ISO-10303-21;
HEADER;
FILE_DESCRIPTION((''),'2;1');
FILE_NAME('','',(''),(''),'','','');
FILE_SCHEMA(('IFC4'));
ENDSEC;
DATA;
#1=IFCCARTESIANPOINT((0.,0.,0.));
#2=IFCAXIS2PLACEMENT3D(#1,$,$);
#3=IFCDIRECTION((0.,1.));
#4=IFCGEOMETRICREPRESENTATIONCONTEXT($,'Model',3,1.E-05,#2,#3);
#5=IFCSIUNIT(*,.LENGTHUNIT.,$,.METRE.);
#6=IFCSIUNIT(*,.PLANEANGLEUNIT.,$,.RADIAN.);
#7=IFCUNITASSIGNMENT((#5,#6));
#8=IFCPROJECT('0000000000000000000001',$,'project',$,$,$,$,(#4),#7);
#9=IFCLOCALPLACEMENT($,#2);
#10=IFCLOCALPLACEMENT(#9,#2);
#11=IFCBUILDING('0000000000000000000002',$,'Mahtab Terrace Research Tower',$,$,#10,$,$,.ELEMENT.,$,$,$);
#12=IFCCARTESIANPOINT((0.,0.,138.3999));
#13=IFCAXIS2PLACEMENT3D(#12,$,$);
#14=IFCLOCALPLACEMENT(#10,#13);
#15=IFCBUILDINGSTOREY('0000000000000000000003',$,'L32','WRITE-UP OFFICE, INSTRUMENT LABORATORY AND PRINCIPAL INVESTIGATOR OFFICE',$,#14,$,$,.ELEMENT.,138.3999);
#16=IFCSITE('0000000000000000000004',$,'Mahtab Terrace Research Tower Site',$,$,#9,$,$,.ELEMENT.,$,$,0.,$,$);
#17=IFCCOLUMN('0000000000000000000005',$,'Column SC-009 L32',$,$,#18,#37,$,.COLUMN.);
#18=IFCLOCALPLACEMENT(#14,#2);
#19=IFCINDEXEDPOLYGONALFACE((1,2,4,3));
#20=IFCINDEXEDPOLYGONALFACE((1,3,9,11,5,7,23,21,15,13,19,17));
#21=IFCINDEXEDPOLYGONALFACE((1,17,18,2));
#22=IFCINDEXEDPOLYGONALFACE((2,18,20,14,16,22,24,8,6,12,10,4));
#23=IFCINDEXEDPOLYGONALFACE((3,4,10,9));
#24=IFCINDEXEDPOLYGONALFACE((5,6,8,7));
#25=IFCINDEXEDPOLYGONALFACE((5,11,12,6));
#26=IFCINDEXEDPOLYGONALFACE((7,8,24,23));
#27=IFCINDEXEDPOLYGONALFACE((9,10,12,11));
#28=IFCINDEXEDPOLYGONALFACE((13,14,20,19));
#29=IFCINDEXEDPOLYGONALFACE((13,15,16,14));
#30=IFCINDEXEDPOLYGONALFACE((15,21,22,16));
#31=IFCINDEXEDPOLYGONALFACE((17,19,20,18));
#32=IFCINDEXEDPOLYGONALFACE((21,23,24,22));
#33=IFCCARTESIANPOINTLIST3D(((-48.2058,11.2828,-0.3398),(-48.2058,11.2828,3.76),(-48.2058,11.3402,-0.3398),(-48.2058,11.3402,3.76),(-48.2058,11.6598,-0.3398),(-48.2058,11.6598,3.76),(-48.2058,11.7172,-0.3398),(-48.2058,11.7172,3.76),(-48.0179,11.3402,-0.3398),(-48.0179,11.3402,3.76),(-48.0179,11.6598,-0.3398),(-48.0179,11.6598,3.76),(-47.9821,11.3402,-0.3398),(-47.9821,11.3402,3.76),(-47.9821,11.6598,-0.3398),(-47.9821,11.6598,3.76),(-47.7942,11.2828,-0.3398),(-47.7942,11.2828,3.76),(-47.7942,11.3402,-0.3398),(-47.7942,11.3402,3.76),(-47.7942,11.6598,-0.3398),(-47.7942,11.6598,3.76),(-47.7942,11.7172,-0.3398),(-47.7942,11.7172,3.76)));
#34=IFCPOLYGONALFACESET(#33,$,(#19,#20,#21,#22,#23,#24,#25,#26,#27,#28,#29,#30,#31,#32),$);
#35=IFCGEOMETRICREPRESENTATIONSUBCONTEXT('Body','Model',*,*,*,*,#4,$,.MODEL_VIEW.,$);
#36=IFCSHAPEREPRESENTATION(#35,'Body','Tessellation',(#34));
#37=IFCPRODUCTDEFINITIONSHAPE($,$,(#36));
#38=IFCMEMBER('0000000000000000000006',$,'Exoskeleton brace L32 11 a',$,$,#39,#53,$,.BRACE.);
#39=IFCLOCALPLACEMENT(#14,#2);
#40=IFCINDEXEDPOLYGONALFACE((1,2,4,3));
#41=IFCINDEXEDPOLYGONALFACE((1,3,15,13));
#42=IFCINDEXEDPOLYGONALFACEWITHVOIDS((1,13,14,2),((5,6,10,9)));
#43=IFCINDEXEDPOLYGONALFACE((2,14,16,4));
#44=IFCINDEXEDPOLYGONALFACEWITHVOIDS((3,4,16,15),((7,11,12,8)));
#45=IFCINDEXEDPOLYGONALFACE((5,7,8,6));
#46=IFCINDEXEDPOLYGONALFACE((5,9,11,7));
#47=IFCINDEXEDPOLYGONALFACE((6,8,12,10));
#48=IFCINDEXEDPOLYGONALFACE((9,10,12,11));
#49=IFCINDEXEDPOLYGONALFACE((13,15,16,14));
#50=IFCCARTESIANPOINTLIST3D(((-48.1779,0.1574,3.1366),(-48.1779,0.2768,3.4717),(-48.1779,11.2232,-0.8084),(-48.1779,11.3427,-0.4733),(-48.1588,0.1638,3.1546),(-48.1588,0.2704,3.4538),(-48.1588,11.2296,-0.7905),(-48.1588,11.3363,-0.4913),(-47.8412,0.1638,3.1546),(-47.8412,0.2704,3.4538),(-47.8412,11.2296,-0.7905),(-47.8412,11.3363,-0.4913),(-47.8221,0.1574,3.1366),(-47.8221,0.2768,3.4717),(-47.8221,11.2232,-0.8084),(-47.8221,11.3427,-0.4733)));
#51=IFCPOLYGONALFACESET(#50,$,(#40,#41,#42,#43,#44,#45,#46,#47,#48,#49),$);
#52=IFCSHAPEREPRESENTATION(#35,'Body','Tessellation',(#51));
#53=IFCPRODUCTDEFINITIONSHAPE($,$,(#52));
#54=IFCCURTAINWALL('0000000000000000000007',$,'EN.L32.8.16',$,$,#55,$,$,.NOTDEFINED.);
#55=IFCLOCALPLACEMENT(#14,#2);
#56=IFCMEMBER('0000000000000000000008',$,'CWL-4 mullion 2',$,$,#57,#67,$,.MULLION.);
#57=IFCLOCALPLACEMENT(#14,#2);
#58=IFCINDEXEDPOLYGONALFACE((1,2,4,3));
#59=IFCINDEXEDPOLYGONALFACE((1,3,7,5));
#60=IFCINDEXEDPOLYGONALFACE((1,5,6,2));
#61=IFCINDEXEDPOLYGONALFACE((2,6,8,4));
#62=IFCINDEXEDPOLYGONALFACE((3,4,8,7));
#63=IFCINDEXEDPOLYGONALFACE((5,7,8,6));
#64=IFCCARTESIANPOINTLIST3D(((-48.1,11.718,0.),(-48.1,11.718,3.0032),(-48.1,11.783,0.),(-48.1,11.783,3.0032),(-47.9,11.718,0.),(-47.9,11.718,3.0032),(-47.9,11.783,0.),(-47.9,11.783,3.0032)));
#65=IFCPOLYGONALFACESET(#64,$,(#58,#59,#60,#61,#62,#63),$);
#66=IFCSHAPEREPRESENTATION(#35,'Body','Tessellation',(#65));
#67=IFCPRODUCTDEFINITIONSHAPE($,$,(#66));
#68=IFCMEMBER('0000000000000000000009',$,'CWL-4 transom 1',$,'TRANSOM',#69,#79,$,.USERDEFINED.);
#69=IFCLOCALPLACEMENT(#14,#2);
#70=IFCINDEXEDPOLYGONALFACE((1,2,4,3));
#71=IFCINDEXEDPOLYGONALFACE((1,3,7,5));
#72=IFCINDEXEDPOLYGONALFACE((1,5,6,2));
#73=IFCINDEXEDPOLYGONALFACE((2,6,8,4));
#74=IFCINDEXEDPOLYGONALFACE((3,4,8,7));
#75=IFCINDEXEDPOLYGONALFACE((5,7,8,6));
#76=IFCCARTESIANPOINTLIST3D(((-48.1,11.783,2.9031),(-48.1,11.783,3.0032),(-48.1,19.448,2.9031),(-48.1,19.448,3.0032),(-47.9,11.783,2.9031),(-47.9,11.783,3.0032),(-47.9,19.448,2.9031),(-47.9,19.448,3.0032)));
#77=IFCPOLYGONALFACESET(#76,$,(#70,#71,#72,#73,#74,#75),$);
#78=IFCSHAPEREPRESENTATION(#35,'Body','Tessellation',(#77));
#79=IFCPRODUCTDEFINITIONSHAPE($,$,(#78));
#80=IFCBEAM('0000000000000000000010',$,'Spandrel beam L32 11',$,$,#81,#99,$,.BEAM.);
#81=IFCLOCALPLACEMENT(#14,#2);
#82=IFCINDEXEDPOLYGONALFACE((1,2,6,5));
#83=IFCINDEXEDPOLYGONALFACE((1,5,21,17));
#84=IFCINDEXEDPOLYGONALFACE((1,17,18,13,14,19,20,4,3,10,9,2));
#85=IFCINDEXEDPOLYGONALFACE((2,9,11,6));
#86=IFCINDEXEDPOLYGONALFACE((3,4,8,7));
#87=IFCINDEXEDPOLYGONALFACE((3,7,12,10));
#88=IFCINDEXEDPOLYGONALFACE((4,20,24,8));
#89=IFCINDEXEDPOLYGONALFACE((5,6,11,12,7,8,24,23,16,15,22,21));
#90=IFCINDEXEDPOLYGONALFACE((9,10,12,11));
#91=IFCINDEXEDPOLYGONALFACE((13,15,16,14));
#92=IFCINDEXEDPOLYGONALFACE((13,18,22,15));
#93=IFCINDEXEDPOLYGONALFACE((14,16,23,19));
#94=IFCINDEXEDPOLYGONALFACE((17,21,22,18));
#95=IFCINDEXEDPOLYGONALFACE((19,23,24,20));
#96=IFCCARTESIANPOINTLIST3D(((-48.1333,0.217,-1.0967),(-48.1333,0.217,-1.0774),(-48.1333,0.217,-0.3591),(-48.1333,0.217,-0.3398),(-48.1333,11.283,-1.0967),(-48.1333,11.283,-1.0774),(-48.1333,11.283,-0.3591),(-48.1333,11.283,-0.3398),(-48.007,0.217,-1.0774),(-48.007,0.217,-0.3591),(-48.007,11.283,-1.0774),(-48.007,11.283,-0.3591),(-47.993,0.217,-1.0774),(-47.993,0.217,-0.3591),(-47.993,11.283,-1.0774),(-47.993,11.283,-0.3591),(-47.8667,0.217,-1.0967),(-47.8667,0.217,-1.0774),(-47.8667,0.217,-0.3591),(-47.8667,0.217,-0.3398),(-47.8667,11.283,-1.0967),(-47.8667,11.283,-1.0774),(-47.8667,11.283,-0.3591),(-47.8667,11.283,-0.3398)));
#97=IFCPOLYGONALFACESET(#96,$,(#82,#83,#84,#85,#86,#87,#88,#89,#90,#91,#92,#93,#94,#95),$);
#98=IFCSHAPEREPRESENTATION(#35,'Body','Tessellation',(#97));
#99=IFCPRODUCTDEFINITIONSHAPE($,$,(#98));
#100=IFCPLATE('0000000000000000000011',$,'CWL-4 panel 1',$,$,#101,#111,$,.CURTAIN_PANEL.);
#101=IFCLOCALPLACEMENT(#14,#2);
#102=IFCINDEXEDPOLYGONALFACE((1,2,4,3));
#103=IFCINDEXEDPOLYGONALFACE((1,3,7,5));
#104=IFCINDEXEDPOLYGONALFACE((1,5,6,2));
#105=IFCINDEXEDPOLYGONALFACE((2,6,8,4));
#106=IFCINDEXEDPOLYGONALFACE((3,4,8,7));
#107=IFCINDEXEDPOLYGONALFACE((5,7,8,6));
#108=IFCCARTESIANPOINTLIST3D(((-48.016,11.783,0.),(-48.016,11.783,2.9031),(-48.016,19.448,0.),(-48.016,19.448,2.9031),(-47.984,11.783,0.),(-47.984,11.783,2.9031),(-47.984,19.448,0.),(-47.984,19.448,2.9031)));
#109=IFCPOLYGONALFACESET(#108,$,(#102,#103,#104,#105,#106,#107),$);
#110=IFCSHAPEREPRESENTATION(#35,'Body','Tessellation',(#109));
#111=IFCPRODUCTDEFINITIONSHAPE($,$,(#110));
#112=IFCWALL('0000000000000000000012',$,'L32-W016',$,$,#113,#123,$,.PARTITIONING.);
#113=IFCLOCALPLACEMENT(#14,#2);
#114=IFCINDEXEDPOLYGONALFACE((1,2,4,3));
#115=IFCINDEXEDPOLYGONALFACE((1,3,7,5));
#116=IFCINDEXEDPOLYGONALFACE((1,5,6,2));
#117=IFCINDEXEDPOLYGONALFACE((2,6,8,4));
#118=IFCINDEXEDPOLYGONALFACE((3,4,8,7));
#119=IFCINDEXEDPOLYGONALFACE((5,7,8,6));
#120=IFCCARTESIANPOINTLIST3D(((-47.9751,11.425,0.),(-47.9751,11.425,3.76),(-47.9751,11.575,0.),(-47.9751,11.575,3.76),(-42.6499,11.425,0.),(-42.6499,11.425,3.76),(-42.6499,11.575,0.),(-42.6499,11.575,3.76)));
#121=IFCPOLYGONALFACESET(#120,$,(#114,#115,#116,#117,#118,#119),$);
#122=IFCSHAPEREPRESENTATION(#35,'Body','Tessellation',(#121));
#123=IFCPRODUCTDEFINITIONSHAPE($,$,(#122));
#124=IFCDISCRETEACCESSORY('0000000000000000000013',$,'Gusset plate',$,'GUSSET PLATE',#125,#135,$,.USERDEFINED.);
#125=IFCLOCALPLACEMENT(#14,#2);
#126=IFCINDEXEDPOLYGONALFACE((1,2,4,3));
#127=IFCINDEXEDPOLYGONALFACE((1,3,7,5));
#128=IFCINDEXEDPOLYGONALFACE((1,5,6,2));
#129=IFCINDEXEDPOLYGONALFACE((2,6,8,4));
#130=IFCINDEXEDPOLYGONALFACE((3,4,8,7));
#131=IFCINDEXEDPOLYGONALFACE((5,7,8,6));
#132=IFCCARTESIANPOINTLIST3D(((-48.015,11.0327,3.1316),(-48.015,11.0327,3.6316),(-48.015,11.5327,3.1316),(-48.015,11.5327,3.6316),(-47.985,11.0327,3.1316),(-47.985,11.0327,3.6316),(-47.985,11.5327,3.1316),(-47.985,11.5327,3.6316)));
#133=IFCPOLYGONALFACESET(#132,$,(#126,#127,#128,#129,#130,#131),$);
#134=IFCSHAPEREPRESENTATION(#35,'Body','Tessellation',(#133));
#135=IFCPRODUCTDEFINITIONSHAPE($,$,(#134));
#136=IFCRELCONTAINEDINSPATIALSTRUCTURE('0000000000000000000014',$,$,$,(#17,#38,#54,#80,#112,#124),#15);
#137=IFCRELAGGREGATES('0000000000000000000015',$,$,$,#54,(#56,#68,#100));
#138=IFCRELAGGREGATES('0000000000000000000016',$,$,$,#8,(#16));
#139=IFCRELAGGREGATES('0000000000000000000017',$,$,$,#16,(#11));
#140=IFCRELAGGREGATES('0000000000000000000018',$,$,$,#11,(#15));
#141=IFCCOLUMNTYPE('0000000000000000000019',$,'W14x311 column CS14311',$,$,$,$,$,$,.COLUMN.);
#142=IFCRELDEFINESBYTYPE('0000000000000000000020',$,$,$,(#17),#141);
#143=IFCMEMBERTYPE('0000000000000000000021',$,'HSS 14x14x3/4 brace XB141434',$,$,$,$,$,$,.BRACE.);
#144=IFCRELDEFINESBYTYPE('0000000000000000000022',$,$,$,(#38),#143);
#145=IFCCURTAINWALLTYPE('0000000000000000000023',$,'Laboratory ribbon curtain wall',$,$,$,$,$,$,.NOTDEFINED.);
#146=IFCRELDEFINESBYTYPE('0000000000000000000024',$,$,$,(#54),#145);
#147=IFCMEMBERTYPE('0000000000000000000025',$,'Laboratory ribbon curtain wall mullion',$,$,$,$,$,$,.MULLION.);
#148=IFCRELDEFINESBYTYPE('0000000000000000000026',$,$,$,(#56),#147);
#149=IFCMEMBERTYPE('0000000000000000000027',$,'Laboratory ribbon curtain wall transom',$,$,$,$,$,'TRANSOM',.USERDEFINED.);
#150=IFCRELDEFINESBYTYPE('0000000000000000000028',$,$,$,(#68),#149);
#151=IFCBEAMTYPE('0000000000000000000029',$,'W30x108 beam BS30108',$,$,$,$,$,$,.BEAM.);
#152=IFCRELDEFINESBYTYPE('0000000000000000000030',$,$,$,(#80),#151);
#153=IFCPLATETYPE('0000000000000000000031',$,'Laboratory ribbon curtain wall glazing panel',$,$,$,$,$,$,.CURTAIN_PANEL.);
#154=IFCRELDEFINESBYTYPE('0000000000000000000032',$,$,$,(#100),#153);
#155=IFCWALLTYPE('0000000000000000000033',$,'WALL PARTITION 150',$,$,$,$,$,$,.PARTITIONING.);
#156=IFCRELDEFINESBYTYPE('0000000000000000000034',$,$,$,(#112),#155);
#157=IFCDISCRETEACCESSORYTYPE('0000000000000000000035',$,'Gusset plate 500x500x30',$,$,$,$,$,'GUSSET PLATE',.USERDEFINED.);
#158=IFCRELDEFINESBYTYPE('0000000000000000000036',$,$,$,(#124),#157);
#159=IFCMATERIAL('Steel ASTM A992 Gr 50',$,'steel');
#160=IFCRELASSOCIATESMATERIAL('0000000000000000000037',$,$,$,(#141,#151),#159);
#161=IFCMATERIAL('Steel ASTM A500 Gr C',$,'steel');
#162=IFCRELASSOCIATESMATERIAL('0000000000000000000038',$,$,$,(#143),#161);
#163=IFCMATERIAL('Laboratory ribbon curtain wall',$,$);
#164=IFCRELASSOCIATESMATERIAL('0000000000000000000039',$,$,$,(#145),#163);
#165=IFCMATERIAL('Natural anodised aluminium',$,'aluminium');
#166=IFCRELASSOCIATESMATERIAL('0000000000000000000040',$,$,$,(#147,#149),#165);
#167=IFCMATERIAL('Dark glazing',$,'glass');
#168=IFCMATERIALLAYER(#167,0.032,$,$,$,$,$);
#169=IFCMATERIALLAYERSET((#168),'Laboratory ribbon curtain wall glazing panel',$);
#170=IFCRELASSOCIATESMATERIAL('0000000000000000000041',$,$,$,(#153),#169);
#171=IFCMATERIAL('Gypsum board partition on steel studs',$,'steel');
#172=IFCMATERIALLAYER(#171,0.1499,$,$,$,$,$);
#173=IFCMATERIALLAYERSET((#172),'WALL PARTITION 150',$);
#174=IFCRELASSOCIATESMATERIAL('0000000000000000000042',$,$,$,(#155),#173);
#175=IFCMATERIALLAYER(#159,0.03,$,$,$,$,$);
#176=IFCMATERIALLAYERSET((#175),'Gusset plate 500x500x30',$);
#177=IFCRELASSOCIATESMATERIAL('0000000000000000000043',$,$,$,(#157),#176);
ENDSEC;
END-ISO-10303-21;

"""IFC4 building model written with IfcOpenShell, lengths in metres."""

from ifc_helpers import new_model, si_unit, direction, frame, frame_2d, origin, origin_2d, place, context, subcontext, project, spatial, rectangle, hollow_rectangle, i_section, extrude, material, layer, layer_set, material_profile, profile_set, type_object, element, aggregate, save


model = new_model("IFC4")

# Units and contexts
model_context = context("Model", 3, precision=1e-05, world=origin(), true_north=direction((0.0, 1.0)))
body_context = subcontext(model_context, "Body", "Model", "MODEL_VIEW")
ifc_project = project(units=[si_unit("LENGTHUNIT", "METRE"), si_unit("PLANEANGLEUNIT", "RADIAN")], contexts=[model_context])

# Site, building, storey
site_placement = place(None, origin())
site = spatial("IfcSite", under=ifc_project, at=site_placement, Name="Mahtab Terrace Research Tower Site", CompositionType="ELEMENT", RefElevation=0.0)
building_placement = place(site_placement, origin())
building = spatial("IfcBuilding", under=site, at=building_placement, Name="Mahtab Terrace Research Tower", CompositionType="ELEMENT")
storey_placement = place(building_placement, frame((0.0, 0.0, 138.3999)))
storey = spatial("IfcBuildingStorey", under=building, at=storey_placement, Name="L32", Description="WRITE-UP OFFICE, INSTRUMENT LABORATORY AND PRINCIPAL INVESTIGATOR OFFICE", CompositionType="ELEMENT", Elevation=138.3999)

# Column
ifc_material_1 = material(Name="Steel ASTM A992 Gr 50", Category="steel")
ifc_material_profile_1 = material_profile(ifc_material_1, i_section(OverallWidth=0.4116, OverallDepth=0.4343, WebThickness=0.0359, FlangeThickness=0.0574, at=origin_2d()), Name="W14X311")
ifc_profile_set_1 = profile_set([ifc_material_profile_1], Name="Steel ASTM A992 Gr 50")
column_type = type_object("IfcColumnType", Name="W14x311 column CS14311", PredefinedType="COLUMN", material=ifc_profile_set_1)
column_placement = place(storey_placement, frame((-48.0, 11.5, -0.3398), z_axis=(0.0, 0.0, 1.0), x_axis=(1.0, 0.0, 0.0)))
element("IfcColumn", 1, at=column_placement, inside=storey, type_object=column_type, Name="Column SC-009 L32", PredefinedType="COLUMN", context=body_context, shape_type="SweptSolid", body=[
    extrude(i_section(OverallWidth=0.4116, OverallDepth=0.4343, WebThickness=0.0359, FlangeThickness=0.0574, at=origin_2d()), origin(), (0.0, 0.0, 1.0), 4.0999),
])

# Member
ifc_material_2 = material(Name="Steel ASTM A500 Gr C", Category="steel")
ifc_material_profile_2 = material_profile(ifc_material_2, hollow_rectangle(XDim=0.3557, YDim=0.3557, WallThickness=0.019, at=origin_2d()), Name="HSS14X14X3/4")
ifc_profile_set_2 = profile_set([ifc_material_profile_2], Name="Steel ASTM A500 Gr C")
member_type_1 = type_object("IfcMemberType", Name="HSS 14x14x3/4 brace XB141434", PredefinedType="BRACE", material=ifc_profile_set_2)
member_1_placement = place(storey_placement, frame((-48.0, 11.283, -0.6409), z_axis=(0.0, -0.941932, 0.335804), x_axis=(1.0, 0.0, 0.0)))
element("IfcMember", 2, at=member_1_placement, inside=storey, type_object=member_type_1, Name="Exoskeleton brace L32 11 a", PredefinedType="BRACE", context=body_context, shape_type="SweptSolid", body=[
    extrude(hollow_rectangle(XDim=0.3557, YDim=0.3557, WallThickness=0.019, at=origin_2d()), origin(), (0.0, 0.0, 1.0), 11.748),
])

# Curtain wall, members
ifc_material_3 = material(Name="Laboratory ribbon curtain wall")
curtain_wall_type = type_object("IfcCurtainWallType", Name="Laboratory ribbon curtain wall", PredefinedType="NOTDEFINED", material=ifc_material_3)
curtain_wall_placement = place(storey_placement, origin())
curtain_wall = element("IfcCurtainWall", 3, at=curtain_wall_placement, inside=storey, type_object=curtain_wall_type, Name="EN.L32.8.16", PredefinedType="NOTDEFINED")
ifc_material_4 = material(Name="Natural anodised aluminium", Category="aluminium")
ifc_material_profile_3 = material_profile(ifc_material_4, rectangle(XDim=0.2, YDim=0.0649, at=origin_2d()), Name="MULLION 65x200")
ifc_profile_set_3 = profile_set([ifc_material_profile_3], Name="Natural anodised aluminium")
member_type_2 = type_object("IfcMemberType", Name="Laboratory ribbon curtain wall mullion", PredefinedType="MULLION", material=ifc_profile_set_3)
member_2_placement = place(storey_placement, frame((-48.0, 11.7505, 0.0), z_axis=(0.0, 0.0, 1.0), x_axis=(1.0, 0.0, 0.0)))
member_2 = element("IfcMember", 4, at=member_2_placement, type_object=member_type_2, Name="CWL-4 mullion 2", PredefinedType="MULLION", context=body_context, shape_type="SweptSolid", body=[
    extrude(rectangle(XDim=0.2, YDim=0.0649, at=origin_2d()), origin(), (0.0, 0.0, 1.0), 3.0032),
])
ifc_material_profile_4 = material_profile(ifc_material_4, rectangle(XDim=0.2, YDim=0.1001, at=origin_2d()), Name="TRANSOM 100x200")
ifc_profile_set_4 = profile_set([ifc_material_profile_4], Name="Natural anodised aluminium")
member_type_3 = type_object("IfcMemberType", Name="Laboratory ribbon curtain wall transom", ElementType="TRANSOM", PredefinedType="USERDEFINED", material=ifc_profile_set_4)
member_3_placement = place(storey_placement, frame((-48.0, 19.448, 2.9531), z_axis=(0.0, -1.0, 0.0), x_axis=(1.0, 0.0, 0.0)))
member_3 = element("IfcMember", 5, at=member_3_placement, type_object=member_type_3, Name="CWL-4 transom 1", ObjectType="TRANSOM", PredefinedType="USERDEFINED", context=body_context, shape_type="SweptSolid", body=[
    extrude(rectangle(XDim=0.2, YDim=0.1001, at=origin_2d()), origin(), (0.0, 0.0, 1.0), 7.665),
])

# Beam
ifc_material_profile_5 = material_profile(ifc_material_1, i_section(OverallWidth=0.2666, OverallDepth=0.7568, WebThickness=0.0139, FlangeThickness=0.0193, at=origin_2d()), Name="W30X108")
ifc_profile_set_5 = profile_set([ifc_material_profile_5], Name="Steel ASTM A992 Gr 50")
beam_type = type_object("IfcBeamType", Name="W30x108 beam BS30108", PredefinedType="BEAM", material=ifc_profile_set_5)
beam_placement = place(storey_placement, frame((-48.0, 11.283, -0.7183), z_axis=(0.0, -1.0, 0.0), x_axis=(1.0, 0.0, 0.0)))
element("IfcBeam", 6, at=beam_placement, inside=storey, type_object=beam_type, Name="Spandrel beam L32 11", PredefinedType="BEAM", context=body_context, shape_type="SweptSolid", body=[
    extrude(i_section(OverallWidth=0.2666, OverallDepth=0.7568, WebThickness=0.0139, FlangeThickness=0.0193, at=origin_2d()), origin(), (0.0, 0.0, 1.0), 11.0659),
])

# Plate
ifc_material_5 = material(Name="Dark glazing", Category="glass")
ifc_layer_1 = layer(ifc_material_5, 0.032)
ifc_layer_set_1 = layer_set([ifc_layer_1], Name="Laboratory ribbon curtain wall glazing panel")
plate_type = type_object("IfcPlateType", Name="Laboratory ribbon curtain wall glazing panel", PredefinedType="CURTAIN_PANEL", material=ifc_layer_set_1)
plate_placement = place(storey_placement, frame((-48.0, 15.6155, 0.0), z_axis=(0.0, 0.0, 1.0), x_axis=(0.0, -1.0, 0.0)))
plate = element("IfcPlate", 7, at=plate_placement, type_object=plate_type, Name="CWL-4 panel 1", PredefinedType="CURTAIN_PANEL", context=body_context, shape_type="SweptSolid", body=[
    extrude(rectangle(XDim=7.665, YDim=0.032, at=origin_2d()), origin(), (0.0, 0.0, 1.0), 2.9031),
])
aggregate(curtain_wall, [member_2, member_3, plate])

# Wall
ifc_material_6 = material(Name="Gypsum board partition on steel studs", Category="steel")
ifc_layer_2 = layer(ifc_material_6, 0.1499)
ifc_layer_set_2 = layer_set([ifc_layer_2], Name="WALL PARTITION 150")
wall_type = type_object("IfcWallType", Name="WALL PARTITION 150", PredefinedType="PARTITIONING", material=ifc_layer_set_2)
wall_placement = place(storey_placement, frame((-47.9751, 11.5, 0.0), z_axis=(0.0, 0.0, 1.0), x_axis=(1.0, 0.0, 0.0)))
element("IfcWall", 8, at=wall_placement, inside=storey, type_object=wall_type, Name="L32-W016", PredefinedType="PARTITIONING", context=body_context, shape_type="SweptSolid", body=[
    extrude(rectangle(XDim=5.3252, YDim=0.1499, at=frame_2d((2.6626, 0.0))), origin(), (0.0, 0.0, 1.0), 3.76),
])

# Discrete accessory
ifc_layer_3 = layer(ifc_material_1, 0.03)
ifc_layer_set_3 = layer_set([ifc_layer_3], Name="Gusset plate 500x500x30")
discrete_accessory_type = type_object("IfcDiscreteAccessoryType", Name="Gusset plate 500x500x30", ElementType="GUSSET PLATE", PredefinedType="USERDEFINED", material=ifc_layer_set_3)
discrete_accessory_placement = place(storey_placement, frame((-48.0, 11.2827, 3.1316), z_axis=(0.0, 0.0, 1.0), x_axis=(0.0, 1.0, 0.0)))
element("IfcDiscreteAccessory", 9, at=discrete_accessory_placement, inside=storey, type_object=discrete_accessory_type, Name="Gusset plate", ObjectType="GUSSET PLATE", PredefinedType="USERDEFINED", context=body_context, shape_type="SweptSolid", body=[
    extrude(rectangle(XDim=0.5, YDim=0.03, at=origin_2d()), origin(), (0.0, 0.0, 1.0), 0.5),
])

save(model, "model.ifc")
